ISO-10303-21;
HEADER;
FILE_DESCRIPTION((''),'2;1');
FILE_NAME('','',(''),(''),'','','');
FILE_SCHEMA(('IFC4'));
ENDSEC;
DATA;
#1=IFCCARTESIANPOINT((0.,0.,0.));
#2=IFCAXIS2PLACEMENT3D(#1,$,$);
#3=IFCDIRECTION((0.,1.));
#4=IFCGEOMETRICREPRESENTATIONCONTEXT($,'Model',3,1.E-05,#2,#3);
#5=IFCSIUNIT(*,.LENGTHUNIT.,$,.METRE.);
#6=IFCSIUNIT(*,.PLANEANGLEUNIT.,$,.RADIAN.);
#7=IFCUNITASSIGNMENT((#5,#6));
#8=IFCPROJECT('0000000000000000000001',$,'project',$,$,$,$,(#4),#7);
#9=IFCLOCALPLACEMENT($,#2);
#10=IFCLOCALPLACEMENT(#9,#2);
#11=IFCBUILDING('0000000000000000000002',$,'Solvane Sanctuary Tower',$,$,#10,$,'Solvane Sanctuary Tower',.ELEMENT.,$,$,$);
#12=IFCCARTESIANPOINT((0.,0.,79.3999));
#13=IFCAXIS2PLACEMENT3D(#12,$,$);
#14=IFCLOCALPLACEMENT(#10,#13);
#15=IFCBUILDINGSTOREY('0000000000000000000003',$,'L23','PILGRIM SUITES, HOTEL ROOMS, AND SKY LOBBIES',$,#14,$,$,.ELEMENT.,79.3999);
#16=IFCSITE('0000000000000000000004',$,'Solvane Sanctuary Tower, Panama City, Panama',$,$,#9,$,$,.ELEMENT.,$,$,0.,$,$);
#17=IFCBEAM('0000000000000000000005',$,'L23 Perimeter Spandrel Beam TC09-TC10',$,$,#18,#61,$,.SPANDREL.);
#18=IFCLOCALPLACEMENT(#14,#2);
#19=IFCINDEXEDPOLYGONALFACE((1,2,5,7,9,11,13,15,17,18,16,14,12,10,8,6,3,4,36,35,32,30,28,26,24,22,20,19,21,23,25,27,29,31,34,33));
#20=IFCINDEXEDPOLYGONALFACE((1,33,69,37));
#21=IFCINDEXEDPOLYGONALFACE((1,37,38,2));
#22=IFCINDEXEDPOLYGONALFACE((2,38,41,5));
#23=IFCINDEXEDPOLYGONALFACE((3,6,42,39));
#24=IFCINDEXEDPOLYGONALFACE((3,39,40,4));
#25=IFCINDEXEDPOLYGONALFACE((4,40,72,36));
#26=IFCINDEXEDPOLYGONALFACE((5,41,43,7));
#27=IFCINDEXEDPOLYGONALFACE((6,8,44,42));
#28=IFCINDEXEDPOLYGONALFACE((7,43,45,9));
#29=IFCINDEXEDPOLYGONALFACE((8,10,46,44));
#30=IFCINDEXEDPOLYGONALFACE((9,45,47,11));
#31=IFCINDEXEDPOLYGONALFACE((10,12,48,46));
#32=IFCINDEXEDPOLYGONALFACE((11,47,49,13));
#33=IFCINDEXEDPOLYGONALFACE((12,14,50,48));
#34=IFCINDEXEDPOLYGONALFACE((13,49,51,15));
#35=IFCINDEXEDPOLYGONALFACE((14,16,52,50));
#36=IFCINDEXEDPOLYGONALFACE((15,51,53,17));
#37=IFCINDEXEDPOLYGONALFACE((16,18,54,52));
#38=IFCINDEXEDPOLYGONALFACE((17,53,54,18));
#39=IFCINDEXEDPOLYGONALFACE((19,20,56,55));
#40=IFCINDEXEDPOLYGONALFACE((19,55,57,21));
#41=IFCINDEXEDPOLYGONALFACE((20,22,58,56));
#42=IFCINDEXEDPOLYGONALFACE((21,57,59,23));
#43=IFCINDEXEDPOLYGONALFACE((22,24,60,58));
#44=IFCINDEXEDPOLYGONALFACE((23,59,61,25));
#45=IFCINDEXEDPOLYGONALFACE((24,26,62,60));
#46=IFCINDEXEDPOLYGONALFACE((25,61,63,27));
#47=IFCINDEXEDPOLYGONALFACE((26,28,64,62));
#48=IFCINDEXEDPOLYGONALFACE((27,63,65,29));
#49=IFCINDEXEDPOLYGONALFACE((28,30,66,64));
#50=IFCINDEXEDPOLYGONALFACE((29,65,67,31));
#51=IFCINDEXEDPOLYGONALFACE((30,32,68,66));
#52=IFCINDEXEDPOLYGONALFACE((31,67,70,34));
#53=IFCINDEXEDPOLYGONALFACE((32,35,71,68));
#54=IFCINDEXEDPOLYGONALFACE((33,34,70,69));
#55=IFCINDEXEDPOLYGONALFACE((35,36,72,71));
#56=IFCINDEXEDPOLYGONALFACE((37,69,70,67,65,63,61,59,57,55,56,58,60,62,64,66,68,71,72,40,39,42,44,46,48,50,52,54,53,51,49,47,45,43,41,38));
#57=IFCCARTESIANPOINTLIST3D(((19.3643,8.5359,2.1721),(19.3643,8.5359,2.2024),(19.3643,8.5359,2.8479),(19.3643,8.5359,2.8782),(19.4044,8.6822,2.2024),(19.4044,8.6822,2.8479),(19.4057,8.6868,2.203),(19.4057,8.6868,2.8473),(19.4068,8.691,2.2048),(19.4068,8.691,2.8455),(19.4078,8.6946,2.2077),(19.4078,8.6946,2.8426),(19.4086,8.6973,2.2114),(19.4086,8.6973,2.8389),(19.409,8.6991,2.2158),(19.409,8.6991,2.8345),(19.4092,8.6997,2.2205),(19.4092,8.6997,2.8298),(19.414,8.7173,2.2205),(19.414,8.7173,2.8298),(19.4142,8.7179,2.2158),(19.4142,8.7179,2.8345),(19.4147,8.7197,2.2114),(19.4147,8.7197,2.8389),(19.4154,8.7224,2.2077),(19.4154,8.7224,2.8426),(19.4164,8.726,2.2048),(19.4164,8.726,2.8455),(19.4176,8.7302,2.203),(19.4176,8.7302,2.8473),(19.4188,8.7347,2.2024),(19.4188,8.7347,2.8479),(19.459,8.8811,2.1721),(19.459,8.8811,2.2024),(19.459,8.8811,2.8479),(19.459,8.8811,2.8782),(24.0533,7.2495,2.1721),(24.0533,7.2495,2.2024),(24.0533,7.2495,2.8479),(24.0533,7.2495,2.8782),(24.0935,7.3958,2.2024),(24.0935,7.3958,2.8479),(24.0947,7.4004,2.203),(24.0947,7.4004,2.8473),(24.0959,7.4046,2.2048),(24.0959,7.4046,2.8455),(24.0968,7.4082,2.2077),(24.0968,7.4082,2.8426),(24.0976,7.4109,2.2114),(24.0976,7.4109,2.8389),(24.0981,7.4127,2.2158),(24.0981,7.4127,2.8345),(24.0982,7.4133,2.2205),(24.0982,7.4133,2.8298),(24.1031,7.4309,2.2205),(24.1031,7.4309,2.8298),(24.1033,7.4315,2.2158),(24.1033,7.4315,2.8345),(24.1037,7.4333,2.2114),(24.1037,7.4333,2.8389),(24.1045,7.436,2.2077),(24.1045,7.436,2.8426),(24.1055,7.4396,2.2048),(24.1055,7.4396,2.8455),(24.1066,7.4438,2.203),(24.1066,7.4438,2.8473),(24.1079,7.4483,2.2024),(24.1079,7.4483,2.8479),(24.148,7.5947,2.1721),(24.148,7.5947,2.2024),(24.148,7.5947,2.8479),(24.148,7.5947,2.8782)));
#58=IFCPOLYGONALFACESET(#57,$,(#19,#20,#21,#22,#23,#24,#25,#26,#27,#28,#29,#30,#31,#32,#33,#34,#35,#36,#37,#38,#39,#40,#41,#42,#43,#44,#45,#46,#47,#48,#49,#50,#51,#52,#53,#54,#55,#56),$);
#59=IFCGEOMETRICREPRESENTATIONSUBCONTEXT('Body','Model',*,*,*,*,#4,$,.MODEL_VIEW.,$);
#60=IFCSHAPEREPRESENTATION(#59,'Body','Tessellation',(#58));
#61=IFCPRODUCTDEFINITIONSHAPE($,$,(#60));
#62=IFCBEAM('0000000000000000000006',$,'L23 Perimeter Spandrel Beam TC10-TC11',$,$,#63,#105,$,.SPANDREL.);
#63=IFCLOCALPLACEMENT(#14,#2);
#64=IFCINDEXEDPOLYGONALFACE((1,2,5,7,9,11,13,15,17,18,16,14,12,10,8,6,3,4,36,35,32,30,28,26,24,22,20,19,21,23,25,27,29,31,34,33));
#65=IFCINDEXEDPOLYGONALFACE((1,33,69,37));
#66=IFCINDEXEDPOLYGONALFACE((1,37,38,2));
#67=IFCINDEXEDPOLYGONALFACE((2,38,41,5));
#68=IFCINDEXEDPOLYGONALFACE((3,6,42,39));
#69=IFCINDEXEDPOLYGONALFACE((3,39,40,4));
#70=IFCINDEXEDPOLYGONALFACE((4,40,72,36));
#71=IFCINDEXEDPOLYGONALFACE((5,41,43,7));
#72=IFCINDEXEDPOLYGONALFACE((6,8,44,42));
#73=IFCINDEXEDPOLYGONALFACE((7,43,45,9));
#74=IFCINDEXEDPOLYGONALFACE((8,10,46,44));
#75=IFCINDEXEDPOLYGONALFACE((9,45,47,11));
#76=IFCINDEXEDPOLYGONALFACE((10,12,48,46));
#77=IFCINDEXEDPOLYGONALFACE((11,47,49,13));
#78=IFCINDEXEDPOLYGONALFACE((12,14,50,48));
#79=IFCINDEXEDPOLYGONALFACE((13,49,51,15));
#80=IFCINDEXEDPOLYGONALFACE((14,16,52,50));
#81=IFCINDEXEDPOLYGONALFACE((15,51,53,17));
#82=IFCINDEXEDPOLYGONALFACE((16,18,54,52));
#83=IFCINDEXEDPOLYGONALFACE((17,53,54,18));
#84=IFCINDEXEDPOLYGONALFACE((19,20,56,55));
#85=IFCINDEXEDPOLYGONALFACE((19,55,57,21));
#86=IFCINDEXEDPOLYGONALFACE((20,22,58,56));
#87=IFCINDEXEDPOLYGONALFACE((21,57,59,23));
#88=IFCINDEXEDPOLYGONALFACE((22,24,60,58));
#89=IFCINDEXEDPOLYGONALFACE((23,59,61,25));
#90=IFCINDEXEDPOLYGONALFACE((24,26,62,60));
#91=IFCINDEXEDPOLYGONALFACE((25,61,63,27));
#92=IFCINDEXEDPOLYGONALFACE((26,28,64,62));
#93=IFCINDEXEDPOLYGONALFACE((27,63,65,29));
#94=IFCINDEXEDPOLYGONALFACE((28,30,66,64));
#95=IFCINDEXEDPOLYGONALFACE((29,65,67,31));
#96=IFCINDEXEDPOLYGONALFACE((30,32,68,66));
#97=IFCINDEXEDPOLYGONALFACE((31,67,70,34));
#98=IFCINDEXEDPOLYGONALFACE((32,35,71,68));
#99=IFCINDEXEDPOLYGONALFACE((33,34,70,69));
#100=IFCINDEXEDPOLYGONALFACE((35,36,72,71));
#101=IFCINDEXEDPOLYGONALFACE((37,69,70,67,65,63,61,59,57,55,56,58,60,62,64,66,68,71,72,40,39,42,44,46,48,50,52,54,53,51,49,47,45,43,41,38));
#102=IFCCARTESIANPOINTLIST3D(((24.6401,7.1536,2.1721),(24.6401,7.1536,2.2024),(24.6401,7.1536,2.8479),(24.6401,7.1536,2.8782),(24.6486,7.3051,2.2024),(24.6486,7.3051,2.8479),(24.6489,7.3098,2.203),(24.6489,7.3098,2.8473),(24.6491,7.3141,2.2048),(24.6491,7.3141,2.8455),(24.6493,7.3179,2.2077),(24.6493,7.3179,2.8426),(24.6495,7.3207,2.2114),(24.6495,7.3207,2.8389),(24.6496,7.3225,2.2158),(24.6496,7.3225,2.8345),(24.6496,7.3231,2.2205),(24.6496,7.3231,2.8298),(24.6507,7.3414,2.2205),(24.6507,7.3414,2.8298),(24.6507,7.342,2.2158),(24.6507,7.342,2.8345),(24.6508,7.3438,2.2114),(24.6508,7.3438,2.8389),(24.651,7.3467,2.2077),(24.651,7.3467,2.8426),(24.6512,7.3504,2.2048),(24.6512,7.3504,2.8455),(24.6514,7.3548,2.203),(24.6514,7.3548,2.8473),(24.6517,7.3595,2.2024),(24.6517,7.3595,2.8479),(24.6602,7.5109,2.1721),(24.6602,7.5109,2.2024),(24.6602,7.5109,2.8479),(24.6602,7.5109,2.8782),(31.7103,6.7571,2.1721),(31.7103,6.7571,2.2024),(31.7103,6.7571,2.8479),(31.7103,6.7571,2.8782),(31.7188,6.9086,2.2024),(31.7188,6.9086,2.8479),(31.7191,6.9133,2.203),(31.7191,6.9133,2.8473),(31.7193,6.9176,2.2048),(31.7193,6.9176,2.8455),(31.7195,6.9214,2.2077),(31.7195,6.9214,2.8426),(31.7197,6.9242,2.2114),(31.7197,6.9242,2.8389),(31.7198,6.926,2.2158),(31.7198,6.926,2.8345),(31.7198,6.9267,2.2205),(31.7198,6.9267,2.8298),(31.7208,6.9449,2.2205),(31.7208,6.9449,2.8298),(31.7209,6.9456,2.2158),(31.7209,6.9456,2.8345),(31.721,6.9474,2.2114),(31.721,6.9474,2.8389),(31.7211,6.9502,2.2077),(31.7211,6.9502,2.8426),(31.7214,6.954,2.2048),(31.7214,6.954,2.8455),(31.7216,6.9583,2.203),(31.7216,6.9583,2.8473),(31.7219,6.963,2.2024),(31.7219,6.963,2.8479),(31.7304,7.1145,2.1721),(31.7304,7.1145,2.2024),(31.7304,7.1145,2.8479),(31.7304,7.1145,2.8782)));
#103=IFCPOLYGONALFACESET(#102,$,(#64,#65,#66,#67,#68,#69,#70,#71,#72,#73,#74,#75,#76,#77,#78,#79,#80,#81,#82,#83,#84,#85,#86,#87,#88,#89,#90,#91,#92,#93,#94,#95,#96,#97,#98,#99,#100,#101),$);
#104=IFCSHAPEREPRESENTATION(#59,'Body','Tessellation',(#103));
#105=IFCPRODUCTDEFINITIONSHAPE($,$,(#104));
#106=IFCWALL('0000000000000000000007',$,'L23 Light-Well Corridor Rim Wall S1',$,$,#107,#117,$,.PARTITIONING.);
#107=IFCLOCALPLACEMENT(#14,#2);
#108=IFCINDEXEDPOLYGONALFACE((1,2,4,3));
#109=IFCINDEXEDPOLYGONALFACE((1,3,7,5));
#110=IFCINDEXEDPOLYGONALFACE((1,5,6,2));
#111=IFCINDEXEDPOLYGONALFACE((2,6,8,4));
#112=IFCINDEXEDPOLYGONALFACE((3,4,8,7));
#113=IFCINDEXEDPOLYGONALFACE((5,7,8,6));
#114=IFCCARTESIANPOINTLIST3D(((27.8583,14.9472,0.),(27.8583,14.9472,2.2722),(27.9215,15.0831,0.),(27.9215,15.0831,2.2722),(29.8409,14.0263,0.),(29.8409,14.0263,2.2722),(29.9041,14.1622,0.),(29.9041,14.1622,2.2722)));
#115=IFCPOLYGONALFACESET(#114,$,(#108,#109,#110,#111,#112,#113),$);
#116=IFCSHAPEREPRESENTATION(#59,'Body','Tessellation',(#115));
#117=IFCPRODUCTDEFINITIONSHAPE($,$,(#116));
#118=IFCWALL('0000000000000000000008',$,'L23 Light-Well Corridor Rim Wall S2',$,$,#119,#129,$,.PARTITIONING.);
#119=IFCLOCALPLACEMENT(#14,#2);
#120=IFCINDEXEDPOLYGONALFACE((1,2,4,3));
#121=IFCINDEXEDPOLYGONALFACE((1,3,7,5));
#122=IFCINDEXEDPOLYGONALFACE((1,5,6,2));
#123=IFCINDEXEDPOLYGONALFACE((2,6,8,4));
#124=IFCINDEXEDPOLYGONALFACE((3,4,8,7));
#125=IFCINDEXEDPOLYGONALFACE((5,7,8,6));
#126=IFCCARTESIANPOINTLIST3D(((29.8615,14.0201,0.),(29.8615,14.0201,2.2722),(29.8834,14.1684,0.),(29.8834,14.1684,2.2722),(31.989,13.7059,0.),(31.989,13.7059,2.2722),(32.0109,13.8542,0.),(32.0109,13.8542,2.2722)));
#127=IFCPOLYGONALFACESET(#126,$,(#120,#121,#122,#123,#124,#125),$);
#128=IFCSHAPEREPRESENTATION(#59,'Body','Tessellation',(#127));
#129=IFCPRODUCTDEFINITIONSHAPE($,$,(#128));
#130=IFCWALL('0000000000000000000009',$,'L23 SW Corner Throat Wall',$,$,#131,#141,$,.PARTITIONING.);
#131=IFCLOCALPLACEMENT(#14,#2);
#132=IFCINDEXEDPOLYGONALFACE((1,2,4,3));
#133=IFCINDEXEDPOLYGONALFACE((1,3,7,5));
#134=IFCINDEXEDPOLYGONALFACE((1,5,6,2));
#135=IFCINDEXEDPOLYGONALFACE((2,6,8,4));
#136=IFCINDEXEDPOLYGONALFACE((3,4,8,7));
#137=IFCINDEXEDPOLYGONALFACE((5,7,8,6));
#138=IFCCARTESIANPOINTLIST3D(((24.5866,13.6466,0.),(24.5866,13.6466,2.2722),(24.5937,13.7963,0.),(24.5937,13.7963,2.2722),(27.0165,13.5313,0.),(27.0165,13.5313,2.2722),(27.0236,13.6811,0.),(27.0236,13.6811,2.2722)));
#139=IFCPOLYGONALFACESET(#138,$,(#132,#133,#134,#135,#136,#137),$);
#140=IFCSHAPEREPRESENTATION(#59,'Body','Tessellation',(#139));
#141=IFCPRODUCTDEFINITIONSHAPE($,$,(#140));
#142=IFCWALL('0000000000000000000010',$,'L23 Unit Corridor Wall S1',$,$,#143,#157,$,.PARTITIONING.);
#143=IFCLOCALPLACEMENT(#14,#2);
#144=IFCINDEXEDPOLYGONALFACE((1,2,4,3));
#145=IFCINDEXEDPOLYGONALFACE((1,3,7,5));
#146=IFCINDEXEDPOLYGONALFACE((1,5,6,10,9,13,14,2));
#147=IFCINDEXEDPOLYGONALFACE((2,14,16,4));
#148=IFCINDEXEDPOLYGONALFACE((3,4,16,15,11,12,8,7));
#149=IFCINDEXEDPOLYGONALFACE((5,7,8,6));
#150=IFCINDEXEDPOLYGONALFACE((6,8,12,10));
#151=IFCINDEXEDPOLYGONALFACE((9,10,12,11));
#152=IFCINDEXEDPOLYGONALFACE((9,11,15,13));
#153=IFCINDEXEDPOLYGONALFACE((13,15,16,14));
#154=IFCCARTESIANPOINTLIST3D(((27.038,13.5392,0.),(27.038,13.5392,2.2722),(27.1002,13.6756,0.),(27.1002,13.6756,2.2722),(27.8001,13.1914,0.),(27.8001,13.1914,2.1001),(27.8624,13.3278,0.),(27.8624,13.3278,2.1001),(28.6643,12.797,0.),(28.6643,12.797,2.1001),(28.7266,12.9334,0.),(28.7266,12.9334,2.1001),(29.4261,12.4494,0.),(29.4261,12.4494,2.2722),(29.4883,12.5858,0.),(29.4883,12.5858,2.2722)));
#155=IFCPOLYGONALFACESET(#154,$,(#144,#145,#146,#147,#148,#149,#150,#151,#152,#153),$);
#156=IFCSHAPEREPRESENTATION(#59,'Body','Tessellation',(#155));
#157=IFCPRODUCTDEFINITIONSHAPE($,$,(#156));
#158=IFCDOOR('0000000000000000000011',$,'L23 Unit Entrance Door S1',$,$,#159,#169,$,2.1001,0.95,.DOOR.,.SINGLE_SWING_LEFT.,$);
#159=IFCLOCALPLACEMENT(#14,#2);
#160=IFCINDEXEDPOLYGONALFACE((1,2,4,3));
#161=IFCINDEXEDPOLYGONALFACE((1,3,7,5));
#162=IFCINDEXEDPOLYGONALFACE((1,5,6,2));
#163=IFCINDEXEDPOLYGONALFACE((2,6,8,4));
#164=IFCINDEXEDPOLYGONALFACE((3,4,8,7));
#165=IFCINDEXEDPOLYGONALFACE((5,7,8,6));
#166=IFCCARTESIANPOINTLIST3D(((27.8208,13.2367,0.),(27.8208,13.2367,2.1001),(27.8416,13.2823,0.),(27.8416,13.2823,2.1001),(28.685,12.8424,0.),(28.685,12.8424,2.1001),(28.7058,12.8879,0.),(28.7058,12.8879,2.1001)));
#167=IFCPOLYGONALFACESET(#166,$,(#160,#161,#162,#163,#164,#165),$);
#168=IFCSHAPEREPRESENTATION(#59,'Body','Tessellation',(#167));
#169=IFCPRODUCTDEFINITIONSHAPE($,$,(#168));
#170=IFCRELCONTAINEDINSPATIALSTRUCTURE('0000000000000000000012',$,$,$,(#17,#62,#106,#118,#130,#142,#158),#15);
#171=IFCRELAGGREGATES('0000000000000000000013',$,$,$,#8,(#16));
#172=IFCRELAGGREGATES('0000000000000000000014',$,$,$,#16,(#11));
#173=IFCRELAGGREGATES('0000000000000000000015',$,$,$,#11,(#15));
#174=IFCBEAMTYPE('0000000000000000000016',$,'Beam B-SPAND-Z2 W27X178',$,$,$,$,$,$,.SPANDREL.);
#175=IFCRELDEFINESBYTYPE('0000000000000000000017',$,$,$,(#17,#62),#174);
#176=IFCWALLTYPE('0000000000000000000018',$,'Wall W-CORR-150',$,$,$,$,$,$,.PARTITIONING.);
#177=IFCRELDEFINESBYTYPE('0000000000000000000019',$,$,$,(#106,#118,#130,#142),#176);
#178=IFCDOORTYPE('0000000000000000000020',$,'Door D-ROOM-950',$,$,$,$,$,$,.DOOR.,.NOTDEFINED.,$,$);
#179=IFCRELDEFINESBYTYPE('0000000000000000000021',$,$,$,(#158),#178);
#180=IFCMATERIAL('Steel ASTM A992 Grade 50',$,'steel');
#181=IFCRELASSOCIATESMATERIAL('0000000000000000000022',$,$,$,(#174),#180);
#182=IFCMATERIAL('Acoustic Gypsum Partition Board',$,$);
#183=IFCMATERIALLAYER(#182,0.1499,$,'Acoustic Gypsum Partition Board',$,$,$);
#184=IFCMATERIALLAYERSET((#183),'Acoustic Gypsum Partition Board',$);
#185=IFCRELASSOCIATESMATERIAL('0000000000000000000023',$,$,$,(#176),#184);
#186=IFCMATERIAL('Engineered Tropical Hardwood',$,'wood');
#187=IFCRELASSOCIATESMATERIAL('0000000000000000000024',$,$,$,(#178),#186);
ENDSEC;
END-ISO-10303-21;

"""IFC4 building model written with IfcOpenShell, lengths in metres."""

from ifc_helpers import new_model, si_unit, direction, frame, frame_2d, origin, origin_2d, place, context, subcontext, project, spatial, rectangle, i_section, extrude, material, layer, layer_set, material_profile, profile_set, type_object, element, fill, save


model = new_model("IFC4")

# Units and contexts
model_context = context("Model", 3, precision=1e-05, world=origin(), true_north=direction((0.0, 1.0)))
body_context = subcontext(model_context, "Body", "Model", "MODEL_VIEW")
ifc_project = project(units=[si_unit("LENGTHUNIT", "METRE"), si_unit("PLANEANGLEUNIT", "RADIAN")], contexts=[model_context])

# Site, building, storey
site_placement = place(None, origin())
site = spatial("IfcSite", under=ifc_project, at=site_placement, Name="Solvane Sanctuary Tower, Panama City, Panama", CompositionType="ELEMENT", RefElevation=0.0)
building_placement = place(site_placement, origin())
building = spatial("IfcBuilding", under=site, at=building_placement, Name="Solvane Sanctuary Tower", LongName="Solvane Sanctuary Tower", CompositionType="ELEMENT")
storey_placement = place(building_placement, frame((0.0, 0.0, 79.3999)))
storey = spatial("IfcBuildingStorey", under=building, at=storey_placement, Name="L23", Description="PILGRIM SUITES, HOTEL ROOMS, AND SKY LOBBIES", CompositionType="ELEMENT", Elevation=79.3999)

# Beams
ifc_material_1 = material(Name="Steel ASTM A992 Grade 50", Category="steel")
ifc_material_profile_1 = material_profile(ifc_material_1, i_section(OverallWidth=0.3579, OverallDepth=0.7061, WebThickness=0.0183, FlangeThickness=0.0303, FilletRadius=0.0181, at=origin_2d()), Name="W27X178")
ifc_profile_set_1 = profile_set([ifc_material_profile_1], Name="Steel ASTM A992 Grade 50")
beam_type_1 = type_object("IfcBeamType", Name="Beam B-SPAND-Z2 W27X178", PredefinedType="SPANDREL", material=ifc_profile_set_1)
beam_1_placement = place(storey_placement, frame((19.4116, 8.7085, 2.5251), z_axis=(0.964368, -0.264566, 0.0), x_axis=(0.264566, 0.964368, 0.0)))
element("IfcBeam", 1, at=beam_1_placement, inside=storey, type_object=beam_type_1, Name="L23 Perimeter Spandrel Beam TC09-TC10", PredefinedType="SPANDREL", context=body_context, shape_type="SweptSolid", body=[
    extrude(i_section(OverallWidth=0.3579, OverallDepth=0.7061, WebThickness=0.0183, FlangeThickness=0.0303, FilletRadius=0.0181, at=origin_2d()), origin(), (0.0, 0.0, 1.0), 4.8623),
])
beam_2_placement = place(storey_placement, frame((24.6501, 7.3323, 2.5251), z_axis=(0.998431, -0.055989, 0.0), x_axis=(0.055989, 0.998431, 0.0)))
element("IfcBeam", 2, at=beam_2_placement, inside=storey, type_object=beam_type_1, Name="L23 Perimeter Spandrel Beam TC10-TC11", PredefinedType="SPANDREL", context=body_context, shape_type="SweptSolid", body=[
    extrude(i_section(OverallWidth=0.3579, OverallDepth=0.7061, WebThickness=0.0183, FlangeThickness=0.0303, FilletRadius=0.0181, at=origin_2d()), origin(), (0.0, 0.0, 1.0), 7.0813),
])

# Walls
ifc_material_2 = material(Name="Acoustic Gypsum Partition Board")
ifc_layer_1 = layer(ifc_material_2, 0.1499, Name="Acoustic Gypsum Partition Board")
ifc_layer_set_1 = layer_set([ifc_layer_1], Name="Acoustic Gypsum Partition Board")
wall_type_1 = type_object("IfcWallType", Name="Wall W-CORR-150", PredefinedType="PARTITIONING", material=ifc_layer_set_1)
wall_1_placement = place(storey_placement, frame((27.8899, 15.0151, 0.0), z_axis=(0.0, 0.0, 1.0), x_axis=(0.906943, -0.421252, 0.0)))
element("IfcWall", 3, at=wall_1_placement, inside=storey, type_object=wall_type_1, Name="L23 Light-Well Corridor Rim Wall S1", PredefinedType="PARTITIONING", context=body_context, shape_type="SweptSolid", body=[
    extrude(rectangle(XDim=2.186, YDim=0.1499, at=frame_2d((1.093, 0.0))), origin(), (0.0, 0.0, 1.0), 2.2722),
])
wall_2_placement = place(storey_placement, frame((29.8726, 14.0942, 0.0), z_axis=(0.0, 0.0, 1.0), x_axis=(0.989269, -0.146108, 0.0)))
element("IfcWall", 4, at=wall_2_placement, inside=storey, type_object=wall_type_1, Name="L23 Light-Well Corridor Rim Wall S2", PredefinedType="PARTITIONING", context=body_context, shape_type="SweptSolid", body=[
    extrude(rectangle(XDim=2.1506, YDim=0.1499, at=frame_2d((1.0752, 0.0))), origin(), (0.0, 0.0, 1.0), 2.2722),
])
wall_3_placement = place(storey_placement, frame((27.02, 13.6062, 0.0), z_axis=(0.0, 0.0, 1.0), x_axis=(-0.998877, 0.04737, 0.0)))
element("IfcWall", 5, at=wall_3_placement, inside=storey, type_object=wall_type_1, Name="L23 SW Corner Throat Wall", PredefinedType="PARTITIONING", context=body_context, shape_type="SweptSolid", body=[
    extrude(rectangle(XDim=2.4326, YDim=0.1499, at=frame_2d((1.2163, 0.0))), origin(), (0.0, 0.0, 1.0), 2.2722),
])

# Wall, opening, door
wall_4_placement = place(storey_placement, frame((27.0691, 13.6074, 0.0), z_axis=(0.0, 0.0, 1.0), x_axis=(0.909748, -0.415162, 0.0)))
wall_4 = element("IfcWall", 6, at=wall_4_placement, inside=storey, type_object=wall_type_1, Name="L23 Unit Corridor Wall S1", PredefinedType="PARTITIONING", context=body_context, shape_type="SweptSolid", body=[
    extrude(rectangle(XDim=2.625, YDim=0.1499, at=frame_2d((1.3125, 0.0))), origin(), (0.0, 0.0, 1.0), 2.2722),
])
opening_1_placement = place(wall_4_placement, frame((0.8376, 0.0, 0.0)))
opening_1 = element("IfcOpeningElement", 7, at=opening_1_placement, cuts=wall_4, PredefinedType="OPENING", context=body_context, shape_type="SweptSolid", body=[
    extrude(rectangle(XDim=0.95, YDim=2.1001, at=frame_2d((0.4751, 1.05))), frame((0.0, 0.085, 0.0), z_axis=(0.0, -1.0, 0.0), x_axis=(1.0, 0.0, 0.0)), (0.0, 0.0, 1.0), 0.1699),
])
ifc_material_3 = material(Name="Engineered Tropical Hardwood", Category="wood")
door_type_1 = type_object("IfcDoorType", Name="Door D-ROOM-950", OperationType="NOTDEFINED", PredefinedType="DOOR", material=ifc_material_3)
door_1_placement = place(opening_1_placement, origin())
door_1 = element("IfcDoor", 8, at=door_1_placement, inside=storey, type_object=door_type_1, Name="L23 Unit Entrance Door S1", OperationType="SINGLE_SWING_LEFT", OverallHeight=2.1001, OverallWidth=0.95, PredefinedType="DOOR", context=body_context, shape_type="SweptSolid", body=[
    extrude(rectangle(XDim=0.95, YDim=2.1001, at=frame_2d((0.4751, 1.05))), frame((0.0, 0.0249, 0.0), z_axis=(0.0, -1.0, 0.0), x_axis=(1.0, 0.0, 0.0)), (0.0, 0.0, 1.0), 0.05),
])
fill(opening_1, door_1)

save(model, "model.ifc")
